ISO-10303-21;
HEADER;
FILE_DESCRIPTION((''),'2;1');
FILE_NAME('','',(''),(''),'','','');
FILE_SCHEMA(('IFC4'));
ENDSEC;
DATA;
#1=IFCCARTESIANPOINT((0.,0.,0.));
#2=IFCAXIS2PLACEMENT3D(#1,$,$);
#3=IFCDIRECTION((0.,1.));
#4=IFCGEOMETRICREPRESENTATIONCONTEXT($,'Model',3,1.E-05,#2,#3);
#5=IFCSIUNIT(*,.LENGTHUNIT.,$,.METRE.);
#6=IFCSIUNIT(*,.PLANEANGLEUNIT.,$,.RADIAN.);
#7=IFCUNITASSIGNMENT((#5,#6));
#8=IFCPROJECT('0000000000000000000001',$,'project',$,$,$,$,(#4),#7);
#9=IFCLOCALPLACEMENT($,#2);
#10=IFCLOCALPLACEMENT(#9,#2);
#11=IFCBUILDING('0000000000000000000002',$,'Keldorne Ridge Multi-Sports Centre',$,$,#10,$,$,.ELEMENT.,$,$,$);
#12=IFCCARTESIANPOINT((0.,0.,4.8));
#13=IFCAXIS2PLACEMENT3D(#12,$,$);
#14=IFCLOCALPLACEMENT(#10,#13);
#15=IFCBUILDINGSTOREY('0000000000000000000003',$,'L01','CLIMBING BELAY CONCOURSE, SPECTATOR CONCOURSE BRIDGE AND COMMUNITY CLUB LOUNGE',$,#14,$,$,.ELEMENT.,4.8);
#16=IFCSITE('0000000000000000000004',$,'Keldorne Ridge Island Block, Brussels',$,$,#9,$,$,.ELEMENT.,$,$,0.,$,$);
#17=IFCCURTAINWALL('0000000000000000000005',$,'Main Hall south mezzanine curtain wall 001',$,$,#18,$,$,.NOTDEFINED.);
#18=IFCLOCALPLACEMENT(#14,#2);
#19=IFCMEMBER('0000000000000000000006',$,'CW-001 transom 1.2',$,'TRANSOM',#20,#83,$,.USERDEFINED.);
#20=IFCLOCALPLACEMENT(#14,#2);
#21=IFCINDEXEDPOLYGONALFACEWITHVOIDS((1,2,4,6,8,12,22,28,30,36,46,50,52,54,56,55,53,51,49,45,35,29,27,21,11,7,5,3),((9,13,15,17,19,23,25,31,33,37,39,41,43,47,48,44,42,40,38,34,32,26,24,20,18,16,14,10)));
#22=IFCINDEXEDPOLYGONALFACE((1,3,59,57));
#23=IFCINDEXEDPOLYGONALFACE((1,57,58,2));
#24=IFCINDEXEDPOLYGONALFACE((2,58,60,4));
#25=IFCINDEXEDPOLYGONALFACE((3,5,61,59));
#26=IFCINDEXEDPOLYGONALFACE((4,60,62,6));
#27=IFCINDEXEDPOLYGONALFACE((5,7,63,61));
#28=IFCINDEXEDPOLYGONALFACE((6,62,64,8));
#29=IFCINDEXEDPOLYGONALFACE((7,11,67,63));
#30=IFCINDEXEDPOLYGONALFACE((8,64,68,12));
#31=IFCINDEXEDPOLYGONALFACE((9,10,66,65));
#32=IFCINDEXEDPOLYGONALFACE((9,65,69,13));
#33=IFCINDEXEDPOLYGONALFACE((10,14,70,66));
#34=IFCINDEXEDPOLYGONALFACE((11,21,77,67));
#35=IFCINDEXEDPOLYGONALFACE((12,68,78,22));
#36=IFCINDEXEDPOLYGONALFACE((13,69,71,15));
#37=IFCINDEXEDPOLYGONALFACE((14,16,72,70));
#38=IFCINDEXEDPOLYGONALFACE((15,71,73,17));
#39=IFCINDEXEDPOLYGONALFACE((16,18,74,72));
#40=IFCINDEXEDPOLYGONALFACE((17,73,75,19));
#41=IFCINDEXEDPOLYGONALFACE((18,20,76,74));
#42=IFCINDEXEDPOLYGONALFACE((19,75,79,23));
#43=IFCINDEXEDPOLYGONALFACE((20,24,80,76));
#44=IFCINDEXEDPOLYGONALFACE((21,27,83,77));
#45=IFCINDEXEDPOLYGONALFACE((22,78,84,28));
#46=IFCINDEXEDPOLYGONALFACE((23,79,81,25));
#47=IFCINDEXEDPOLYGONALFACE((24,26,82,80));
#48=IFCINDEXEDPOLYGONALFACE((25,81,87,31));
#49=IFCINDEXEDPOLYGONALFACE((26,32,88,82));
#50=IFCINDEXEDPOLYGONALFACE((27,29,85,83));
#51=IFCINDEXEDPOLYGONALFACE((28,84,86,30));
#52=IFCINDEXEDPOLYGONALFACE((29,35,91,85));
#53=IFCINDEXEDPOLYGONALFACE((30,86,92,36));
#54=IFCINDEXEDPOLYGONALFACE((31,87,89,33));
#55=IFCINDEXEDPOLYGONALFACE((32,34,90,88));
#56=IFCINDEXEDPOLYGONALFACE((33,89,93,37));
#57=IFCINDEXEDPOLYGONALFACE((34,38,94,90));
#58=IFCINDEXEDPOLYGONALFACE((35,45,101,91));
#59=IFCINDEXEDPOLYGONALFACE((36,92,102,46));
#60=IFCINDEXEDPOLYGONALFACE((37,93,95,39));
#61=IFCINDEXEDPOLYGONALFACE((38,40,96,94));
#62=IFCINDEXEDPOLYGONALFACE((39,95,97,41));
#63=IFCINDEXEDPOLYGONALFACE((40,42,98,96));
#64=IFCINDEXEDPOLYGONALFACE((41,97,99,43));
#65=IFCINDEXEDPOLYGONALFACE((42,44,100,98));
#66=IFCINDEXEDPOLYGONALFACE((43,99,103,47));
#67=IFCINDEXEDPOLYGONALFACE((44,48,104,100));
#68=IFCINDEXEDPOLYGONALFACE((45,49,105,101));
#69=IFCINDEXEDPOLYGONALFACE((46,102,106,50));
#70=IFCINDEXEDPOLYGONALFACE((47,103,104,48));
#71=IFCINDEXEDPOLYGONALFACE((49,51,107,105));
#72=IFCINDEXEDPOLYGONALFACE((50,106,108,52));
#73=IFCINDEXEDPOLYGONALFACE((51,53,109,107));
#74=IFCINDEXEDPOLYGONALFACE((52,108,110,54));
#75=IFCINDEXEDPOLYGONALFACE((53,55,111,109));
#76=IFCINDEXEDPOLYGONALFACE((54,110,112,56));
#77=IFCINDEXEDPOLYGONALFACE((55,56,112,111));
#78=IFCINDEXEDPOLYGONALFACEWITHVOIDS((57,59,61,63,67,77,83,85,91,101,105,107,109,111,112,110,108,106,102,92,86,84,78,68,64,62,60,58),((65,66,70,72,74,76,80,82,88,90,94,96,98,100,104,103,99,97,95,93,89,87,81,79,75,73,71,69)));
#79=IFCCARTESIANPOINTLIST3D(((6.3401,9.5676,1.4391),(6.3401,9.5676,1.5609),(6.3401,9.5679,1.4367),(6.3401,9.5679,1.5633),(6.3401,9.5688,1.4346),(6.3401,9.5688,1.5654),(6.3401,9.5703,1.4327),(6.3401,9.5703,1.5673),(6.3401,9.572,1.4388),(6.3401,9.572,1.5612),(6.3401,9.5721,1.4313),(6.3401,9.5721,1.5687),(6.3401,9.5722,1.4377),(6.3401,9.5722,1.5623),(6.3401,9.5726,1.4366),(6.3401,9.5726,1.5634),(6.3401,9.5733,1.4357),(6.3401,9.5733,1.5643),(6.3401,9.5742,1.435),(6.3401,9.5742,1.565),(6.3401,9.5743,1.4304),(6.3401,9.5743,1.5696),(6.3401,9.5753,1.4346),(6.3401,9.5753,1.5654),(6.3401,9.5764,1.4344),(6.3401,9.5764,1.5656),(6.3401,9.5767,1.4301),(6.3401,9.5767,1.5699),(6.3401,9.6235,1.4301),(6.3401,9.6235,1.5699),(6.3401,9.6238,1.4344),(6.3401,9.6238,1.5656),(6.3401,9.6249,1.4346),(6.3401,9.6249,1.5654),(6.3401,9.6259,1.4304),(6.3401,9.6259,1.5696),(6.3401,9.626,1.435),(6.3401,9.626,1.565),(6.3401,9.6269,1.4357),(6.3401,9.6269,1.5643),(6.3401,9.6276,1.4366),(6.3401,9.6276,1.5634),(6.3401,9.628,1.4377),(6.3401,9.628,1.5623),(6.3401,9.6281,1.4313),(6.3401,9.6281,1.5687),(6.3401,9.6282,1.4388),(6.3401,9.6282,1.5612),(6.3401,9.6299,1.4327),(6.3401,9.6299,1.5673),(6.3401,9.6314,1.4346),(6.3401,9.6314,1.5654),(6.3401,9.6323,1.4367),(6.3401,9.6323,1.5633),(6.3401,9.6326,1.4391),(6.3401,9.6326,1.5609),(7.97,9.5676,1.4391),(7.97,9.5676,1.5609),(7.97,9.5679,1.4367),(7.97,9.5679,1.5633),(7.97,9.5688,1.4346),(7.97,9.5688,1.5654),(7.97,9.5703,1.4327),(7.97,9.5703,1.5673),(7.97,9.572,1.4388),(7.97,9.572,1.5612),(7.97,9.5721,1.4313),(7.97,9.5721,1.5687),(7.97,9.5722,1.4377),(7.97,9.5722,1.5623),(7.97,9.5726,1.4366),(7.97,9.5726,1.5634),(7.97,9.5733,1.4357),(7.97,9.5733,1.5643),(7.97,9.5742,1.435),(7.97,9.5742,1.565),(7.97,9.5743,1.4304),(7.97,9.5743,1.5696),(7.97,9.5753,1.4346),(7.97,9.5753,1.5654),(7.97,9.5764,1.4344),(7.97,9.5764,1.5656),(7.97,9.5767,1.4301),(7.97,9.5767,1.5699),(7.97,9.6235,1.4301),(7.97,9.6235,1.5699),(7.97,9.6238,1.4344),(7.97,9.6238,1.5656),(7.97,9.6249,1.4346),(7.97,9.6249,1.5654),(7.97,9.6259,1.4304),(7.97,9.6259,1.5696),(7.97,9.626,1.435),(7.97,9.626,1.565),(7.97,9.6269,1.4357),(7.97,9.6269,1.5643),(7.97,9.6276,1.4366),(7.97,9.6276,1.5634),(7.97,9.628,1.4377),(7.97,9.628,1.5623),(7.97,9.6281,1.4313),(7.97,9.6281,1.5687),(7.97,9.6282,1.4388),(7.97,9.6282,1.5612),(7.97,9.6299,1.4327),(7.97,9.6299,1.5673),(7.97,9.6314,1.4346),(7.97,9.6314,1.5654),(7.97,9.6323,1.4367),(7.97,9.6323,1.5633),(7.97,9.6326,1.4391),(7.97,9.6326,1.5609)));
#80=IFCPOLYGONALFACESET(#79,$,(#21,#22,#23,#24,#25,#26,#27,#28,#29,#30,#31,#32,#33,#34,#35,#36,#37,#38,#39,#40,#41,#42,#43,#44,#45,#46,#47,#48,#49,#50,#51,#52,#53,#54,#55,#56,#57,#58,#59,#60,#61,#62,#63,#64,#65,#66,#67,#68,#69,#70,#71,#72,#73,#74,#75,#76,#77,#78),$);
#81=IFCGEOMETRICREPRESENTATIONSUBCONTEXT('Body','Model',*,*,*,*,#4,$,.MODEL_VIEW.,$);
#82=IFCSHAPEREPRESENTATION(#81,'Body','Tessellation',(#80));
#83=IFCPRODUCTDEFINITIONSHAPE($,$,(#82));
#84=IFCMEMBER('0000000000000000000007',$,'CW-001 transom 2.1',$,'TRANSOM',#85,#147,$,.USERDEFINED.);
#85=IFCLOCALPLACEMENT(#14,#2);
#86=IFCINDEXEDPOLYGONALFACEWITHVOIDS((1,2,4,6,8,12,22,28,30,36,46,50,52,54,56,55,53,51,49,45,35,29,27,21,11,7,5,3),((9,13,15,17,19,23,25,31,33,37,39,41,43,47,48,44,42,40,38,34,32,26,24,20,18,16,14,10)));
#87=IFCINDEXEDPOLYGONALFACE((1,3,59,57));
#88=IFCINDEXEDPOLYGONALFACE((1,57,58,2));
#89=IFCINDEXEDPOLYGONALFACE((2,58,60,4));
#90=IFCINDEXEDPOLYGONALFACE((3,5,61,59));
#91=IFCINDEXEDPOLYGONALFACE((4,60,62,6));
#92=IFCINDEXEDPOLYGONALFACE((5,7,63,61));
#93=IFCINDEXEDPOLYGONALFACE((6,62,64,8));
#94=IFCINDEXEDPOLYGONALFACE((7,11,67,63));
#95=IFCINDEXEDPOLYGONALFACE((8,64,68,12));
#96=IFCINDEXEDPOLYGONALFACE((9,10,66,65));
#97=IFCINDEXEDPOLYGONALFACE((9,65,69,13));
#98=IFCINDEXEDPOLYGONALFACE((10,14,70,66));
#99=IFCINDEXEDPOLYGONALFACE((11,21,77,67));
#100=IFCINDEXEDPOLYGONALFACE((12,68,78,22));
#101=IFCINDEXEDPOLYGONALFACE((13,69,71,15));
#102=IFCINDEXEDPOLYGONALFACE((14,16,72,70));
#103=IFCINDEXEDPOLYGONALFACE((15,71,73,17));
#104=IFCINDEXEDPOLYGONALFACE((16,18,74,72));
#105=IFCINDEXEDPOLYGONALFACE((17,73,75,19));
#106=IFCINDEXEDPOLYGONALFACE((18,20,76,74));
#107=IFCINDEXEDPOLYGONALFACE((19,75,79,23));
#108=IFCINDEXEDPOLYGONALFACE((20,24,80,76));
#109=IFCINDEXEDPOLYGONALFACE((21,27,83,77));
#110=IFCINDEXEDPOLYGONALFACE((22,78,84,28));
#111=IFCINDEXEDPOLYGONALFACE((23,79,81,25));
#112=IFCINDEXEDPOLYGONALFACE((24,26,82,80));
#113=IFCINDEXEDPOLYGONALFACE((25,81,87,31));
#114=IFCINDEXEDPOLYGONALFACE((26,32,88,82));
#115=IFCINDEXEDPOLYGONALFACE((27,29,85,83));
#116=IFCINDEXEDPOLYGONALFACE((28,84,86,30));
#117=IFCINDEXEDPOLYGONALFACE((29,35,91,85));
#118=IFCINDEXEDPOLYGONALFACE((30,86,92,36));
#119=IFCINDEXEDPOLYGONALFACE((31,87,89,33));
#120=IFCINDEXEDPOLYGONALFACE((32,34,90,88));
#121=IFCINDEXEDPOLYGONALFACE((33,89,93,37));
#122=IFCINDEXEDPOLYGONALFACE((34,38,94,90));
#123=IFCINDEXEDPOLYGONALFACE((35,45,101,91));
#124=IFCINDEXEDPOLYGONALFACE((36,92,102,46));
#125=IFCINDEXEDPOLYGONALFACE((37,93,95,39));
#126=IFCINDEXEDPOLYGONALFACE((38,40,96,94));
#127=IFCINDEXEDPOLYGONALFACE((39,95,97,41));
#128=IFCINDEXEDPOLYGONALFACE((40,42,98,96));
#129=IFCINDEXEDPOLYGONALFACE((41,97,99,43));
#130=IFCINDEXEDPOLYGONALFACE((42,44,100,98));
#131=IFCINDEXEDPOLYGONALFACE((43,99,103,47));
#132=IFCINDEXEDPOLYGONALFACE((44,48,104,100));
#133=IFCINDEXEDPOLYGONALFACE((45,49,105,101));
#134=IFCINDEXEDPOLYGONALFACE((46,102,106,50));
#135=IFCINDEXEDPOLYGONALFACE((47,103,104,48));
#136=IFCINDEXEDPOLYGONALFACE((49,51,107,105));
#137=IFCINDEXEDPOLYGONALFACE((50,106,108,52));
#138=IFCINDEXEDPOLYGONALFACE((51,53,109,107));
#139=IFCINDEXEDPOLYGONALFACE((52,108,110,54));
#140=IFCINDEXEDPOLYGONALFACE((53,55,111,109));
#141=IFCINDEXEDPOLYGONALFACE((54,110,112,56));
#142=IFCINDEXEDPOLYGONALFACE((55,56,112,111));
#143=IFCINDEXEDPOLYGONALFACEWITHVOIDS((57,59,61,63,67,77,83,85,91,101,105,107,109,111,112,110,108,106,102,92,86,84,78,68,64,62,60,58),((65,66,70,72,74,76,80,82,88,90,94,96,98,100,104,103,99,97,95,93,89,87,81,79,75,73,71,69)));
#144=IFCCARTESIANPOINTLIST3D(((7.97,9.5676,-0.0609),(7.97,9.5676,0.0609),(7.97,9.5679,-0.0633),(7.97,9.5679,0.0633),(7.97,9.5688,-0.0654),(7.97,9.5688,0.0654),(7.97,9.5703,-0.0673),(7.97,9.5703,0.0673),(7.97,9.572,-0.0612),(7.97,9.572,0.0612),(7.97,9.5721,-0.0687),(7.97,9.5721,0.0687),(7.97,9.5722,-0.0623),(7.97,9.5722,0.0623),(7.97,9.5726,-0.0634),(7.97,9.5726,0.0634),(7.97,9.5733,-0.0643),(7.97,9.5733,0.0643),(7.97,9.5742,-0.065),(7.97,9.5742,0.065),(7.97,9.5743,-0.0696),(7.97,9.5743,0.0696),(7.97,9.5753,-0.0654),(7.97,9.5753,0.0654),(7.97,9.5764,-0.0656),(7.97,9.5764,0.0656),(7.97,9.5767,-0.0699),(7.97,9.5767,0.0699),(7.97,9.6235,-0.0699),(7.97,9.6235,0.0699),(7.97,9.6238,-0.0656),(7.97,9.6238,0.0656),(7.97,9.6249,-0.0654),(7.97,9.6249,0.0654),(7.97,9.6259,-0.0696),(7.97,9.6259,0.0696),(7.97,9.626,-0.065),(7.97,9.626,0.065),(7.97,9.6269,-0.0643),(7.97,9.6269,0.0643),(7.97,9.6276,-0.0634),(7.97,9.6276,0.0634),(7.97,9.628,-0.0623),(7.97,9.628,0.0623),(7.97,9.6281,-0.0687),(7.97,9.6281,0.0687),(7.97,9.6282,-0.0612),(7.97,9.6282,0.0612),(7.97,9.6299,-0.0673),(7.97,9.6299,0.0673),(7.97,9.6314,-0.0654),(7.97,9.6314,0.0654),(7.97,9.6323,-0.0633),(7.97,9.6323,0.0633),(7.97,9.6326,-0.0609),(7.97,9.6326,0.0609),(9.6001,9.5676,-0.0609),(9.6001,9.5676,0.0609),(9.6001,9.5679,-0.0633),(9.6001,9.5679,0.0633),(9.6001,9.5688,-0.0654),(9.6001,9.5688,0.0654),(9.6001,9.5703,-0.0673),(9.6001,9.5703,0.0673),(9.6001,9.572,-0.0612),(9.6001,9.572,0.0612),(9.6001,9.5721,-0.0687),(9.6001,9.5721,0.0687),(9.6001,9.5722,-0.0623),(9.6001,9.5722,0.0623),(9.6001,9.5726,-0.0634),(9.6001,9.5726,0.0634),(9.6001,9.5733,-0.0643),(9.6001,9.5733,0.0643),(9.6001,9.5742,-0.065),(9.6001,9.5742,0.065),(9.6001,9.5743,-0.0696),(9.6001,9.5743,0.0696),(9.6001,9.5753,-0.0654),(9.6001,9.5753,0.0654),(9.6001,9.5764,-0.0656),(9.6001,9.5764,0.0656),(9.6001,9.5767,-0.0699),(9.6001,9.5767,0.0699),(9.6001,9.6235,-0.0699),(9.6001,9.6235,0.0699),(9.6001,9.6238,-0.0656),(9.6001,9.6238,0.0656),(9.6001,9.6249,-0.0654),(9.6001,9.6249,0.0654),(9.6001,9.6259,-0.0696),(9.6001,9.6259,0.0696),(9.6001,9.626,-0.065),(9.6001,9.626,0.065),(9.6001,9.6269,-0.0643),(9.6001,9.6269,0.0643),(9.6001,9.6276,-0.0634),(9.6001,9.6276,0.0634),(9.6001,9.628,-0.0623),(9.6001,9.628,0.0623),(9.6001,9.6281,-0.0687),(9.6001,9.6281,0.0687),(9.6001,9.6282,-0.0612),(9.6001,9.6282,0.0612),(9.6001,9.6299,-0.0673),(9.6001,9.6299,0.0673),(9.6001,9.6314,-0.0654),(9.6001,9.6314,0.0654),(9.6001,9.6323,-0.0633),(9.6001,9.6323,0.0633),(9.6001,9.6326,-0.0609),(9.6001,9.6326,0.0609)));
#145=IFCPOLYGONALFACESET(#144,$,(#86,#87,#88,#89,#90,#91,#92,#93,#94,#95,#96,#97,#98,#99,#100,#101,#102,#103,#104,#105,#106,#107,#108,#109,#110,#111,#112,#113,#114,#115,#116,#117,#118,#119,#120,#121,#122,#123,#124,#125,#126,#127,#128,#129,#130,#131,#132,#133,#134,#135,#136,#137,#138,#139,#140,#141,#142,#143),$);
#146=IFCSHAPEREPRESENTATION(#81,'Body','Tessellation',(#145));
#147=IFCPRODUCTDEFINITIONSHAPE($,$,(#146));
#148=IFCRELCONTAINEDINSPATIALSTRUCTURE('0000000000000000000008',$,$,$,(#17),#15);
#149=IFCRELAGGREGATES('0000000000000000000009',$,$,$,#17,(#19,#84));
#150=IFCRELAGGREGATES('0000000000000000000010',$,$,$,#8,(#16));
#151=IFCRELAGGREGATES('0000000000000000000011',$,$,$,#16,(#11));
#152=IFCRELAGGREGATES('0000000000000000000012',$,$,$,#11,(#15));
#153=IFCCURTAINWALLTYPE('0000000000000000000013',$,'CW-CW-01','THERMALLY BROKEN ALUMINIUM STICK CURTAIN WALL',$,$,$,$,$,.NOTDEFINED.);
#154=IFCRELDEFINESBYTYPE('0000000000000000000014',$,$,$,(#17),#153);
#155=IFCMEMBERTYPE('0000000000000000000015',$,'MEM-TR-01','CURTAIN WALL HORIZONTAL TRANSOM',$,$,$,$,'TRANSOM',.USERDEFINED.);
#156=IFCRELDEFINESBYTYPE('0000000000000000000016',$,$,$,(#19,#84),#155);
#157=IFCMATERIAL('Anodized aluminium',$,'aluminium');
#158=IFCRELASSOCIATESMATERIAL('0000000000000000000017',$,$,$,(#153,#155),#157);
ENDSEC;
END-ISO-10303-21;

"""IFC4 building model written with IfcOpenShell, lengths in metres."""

from ifc_helpers import new_model, si_unit, direction, frame, origin, origin_2d, place, context, subcontext, project, spatial, hollow_rectangle, extrude, material, material_profile, profile_set, type_object, element, aggregate, save


model = new_model("IFC4")

# Units and contexts
model_context = context("Model", 3, precision=1e-05, world=origin(), true_north=direction((0.0, 1.0)))
body_context = subcontext(model_context, "Body", "Model", "MODEL_VIEW")
ifc_project = project(units=[si_unit("LENGTHUNIT", "METRE"), si_unit("PLANEANGLEUNIT", "RADIAN")], contexts=[model_context])

# Site, building, storey
site_placement = place(None, origin())
site = spatial("IfcSite", under=ifc_project, at=site_placement, Name="Keldorne Ridge Island Block, Brussels", CompositionType="ELEMENT", RefElevation=0.0)
building_placement = place(site_placement, origin())
building = spatial("IfcBuilding", under=site, at=building_placement, Name="Keldorne Ridge Multi-Sports Centre", CompositionType="ELEMENT")
storey_placement = place(building_placement, frame((0.0, 0.0, 4.8)))
storey = spatial("IfcBuildingStorey", under=building, at=storey_placement, Name="L01", Description="CLIMBING BELAY CONCOURSE, SPECTATOR CONCOURSE BRIDGE AND COMMUNITY CLUB LOUNGE", CompositionType="ELEMENT", Elevation=4.8)

# Curtain wall, members
ifc_material_1 = material(Name="Anodized aluminium", Category="aluminium")
curtain_wall_type = type_object("IfcCurtainWallType", Name="CW-CW-01", Description="THERMALLY BROKEN ALUMINIUM STICK CURTAIN WALL", PredefinedType="NOTDEFINED", material=ifc_material_1)
curtain_wall_placement = place(storey_placement, origin())
curtain_wall = element("IfcCurtainWall", 1, at=curtain_wall_placement, inside=storey, type_object=curtain_wall_type, Name="Main Hall south mezzanine curtain wall 001", PredefinedType="NOTDEFINED")
ifc_material_profile_1 = material_profile(ifc_material_1, hollow_rectangle(XDim=0.0649, YDim=0.1399, WallThickness=0.0044, InnerFilletRadius=0.0044, OuterFilletRadius=0.009, at=origin_2d()), Name="ALU TRANSOM 140x65x4.5")
ifc_profile_set_1 = profile_set([ifc_material_profile_1], Name="Anodized aluminium")
member_type_1 = type_object("IfcMemberType", Name="MEM-TR-01", Description="CURTAIN WALL HORIZONTAL TRANSOM", ElementType="TRANSOM", PredefinedType="USERDEFINED", material=ifc_profile_set_1)
member_1_placement = place(storey_placement, frame((6.3401, 9.6001, 1.5), z_axis=(1.0, 0.0, 0.0), x_axis=(0.0, 1.0, 0.0)))
member_1 = element("IfcMember", 2, at=member_1_placement, type_object=member_type_1, Name="CW-001 transom 1.2", ObjectType="TRANSOM", PredefinedType="USERDEFINED", context=body_context, shape_type="SweptSolid", body=[
    extrude(hollow_rectangle(XDim=0.0649, YDim=0.1399, WallThickness=0.0044, InnerFilletRadius=0.0044, OuterFilletRadius=0.009, at=origin_2d()), origin(), (0.0, 0.0, 1.0), 1.6299),
])
member_2_placement = place(storey_placement, frame((7.97, 9.6001, 0.0), z_axis=(1.0, 0.0, 0.0), x_axis=(0.0, 1.0, 0.0)))
member_2 = element("IfcMember", 3, at=member_2_placement, type_object=member_type_1, Name="CW-001 transom 2.1", ObjectType="TRANSOM", PredefinedType="USERDEFINED", context=body_context, shape_type="SweptSolid", body=[
    extrude(hollow_rectangle(XDim=0.0649, YDim=0.1399, WallThickness=0.0044, InnerFilletRadius=0.0044, OuterFilletRadius=0.009, at=origin_2d()), origin(), (0.0, 0.0, 1.0), 1.6301),
])
aggregate(curtain_wall, [member_1, member_2])

save(model, "model.ifc")
